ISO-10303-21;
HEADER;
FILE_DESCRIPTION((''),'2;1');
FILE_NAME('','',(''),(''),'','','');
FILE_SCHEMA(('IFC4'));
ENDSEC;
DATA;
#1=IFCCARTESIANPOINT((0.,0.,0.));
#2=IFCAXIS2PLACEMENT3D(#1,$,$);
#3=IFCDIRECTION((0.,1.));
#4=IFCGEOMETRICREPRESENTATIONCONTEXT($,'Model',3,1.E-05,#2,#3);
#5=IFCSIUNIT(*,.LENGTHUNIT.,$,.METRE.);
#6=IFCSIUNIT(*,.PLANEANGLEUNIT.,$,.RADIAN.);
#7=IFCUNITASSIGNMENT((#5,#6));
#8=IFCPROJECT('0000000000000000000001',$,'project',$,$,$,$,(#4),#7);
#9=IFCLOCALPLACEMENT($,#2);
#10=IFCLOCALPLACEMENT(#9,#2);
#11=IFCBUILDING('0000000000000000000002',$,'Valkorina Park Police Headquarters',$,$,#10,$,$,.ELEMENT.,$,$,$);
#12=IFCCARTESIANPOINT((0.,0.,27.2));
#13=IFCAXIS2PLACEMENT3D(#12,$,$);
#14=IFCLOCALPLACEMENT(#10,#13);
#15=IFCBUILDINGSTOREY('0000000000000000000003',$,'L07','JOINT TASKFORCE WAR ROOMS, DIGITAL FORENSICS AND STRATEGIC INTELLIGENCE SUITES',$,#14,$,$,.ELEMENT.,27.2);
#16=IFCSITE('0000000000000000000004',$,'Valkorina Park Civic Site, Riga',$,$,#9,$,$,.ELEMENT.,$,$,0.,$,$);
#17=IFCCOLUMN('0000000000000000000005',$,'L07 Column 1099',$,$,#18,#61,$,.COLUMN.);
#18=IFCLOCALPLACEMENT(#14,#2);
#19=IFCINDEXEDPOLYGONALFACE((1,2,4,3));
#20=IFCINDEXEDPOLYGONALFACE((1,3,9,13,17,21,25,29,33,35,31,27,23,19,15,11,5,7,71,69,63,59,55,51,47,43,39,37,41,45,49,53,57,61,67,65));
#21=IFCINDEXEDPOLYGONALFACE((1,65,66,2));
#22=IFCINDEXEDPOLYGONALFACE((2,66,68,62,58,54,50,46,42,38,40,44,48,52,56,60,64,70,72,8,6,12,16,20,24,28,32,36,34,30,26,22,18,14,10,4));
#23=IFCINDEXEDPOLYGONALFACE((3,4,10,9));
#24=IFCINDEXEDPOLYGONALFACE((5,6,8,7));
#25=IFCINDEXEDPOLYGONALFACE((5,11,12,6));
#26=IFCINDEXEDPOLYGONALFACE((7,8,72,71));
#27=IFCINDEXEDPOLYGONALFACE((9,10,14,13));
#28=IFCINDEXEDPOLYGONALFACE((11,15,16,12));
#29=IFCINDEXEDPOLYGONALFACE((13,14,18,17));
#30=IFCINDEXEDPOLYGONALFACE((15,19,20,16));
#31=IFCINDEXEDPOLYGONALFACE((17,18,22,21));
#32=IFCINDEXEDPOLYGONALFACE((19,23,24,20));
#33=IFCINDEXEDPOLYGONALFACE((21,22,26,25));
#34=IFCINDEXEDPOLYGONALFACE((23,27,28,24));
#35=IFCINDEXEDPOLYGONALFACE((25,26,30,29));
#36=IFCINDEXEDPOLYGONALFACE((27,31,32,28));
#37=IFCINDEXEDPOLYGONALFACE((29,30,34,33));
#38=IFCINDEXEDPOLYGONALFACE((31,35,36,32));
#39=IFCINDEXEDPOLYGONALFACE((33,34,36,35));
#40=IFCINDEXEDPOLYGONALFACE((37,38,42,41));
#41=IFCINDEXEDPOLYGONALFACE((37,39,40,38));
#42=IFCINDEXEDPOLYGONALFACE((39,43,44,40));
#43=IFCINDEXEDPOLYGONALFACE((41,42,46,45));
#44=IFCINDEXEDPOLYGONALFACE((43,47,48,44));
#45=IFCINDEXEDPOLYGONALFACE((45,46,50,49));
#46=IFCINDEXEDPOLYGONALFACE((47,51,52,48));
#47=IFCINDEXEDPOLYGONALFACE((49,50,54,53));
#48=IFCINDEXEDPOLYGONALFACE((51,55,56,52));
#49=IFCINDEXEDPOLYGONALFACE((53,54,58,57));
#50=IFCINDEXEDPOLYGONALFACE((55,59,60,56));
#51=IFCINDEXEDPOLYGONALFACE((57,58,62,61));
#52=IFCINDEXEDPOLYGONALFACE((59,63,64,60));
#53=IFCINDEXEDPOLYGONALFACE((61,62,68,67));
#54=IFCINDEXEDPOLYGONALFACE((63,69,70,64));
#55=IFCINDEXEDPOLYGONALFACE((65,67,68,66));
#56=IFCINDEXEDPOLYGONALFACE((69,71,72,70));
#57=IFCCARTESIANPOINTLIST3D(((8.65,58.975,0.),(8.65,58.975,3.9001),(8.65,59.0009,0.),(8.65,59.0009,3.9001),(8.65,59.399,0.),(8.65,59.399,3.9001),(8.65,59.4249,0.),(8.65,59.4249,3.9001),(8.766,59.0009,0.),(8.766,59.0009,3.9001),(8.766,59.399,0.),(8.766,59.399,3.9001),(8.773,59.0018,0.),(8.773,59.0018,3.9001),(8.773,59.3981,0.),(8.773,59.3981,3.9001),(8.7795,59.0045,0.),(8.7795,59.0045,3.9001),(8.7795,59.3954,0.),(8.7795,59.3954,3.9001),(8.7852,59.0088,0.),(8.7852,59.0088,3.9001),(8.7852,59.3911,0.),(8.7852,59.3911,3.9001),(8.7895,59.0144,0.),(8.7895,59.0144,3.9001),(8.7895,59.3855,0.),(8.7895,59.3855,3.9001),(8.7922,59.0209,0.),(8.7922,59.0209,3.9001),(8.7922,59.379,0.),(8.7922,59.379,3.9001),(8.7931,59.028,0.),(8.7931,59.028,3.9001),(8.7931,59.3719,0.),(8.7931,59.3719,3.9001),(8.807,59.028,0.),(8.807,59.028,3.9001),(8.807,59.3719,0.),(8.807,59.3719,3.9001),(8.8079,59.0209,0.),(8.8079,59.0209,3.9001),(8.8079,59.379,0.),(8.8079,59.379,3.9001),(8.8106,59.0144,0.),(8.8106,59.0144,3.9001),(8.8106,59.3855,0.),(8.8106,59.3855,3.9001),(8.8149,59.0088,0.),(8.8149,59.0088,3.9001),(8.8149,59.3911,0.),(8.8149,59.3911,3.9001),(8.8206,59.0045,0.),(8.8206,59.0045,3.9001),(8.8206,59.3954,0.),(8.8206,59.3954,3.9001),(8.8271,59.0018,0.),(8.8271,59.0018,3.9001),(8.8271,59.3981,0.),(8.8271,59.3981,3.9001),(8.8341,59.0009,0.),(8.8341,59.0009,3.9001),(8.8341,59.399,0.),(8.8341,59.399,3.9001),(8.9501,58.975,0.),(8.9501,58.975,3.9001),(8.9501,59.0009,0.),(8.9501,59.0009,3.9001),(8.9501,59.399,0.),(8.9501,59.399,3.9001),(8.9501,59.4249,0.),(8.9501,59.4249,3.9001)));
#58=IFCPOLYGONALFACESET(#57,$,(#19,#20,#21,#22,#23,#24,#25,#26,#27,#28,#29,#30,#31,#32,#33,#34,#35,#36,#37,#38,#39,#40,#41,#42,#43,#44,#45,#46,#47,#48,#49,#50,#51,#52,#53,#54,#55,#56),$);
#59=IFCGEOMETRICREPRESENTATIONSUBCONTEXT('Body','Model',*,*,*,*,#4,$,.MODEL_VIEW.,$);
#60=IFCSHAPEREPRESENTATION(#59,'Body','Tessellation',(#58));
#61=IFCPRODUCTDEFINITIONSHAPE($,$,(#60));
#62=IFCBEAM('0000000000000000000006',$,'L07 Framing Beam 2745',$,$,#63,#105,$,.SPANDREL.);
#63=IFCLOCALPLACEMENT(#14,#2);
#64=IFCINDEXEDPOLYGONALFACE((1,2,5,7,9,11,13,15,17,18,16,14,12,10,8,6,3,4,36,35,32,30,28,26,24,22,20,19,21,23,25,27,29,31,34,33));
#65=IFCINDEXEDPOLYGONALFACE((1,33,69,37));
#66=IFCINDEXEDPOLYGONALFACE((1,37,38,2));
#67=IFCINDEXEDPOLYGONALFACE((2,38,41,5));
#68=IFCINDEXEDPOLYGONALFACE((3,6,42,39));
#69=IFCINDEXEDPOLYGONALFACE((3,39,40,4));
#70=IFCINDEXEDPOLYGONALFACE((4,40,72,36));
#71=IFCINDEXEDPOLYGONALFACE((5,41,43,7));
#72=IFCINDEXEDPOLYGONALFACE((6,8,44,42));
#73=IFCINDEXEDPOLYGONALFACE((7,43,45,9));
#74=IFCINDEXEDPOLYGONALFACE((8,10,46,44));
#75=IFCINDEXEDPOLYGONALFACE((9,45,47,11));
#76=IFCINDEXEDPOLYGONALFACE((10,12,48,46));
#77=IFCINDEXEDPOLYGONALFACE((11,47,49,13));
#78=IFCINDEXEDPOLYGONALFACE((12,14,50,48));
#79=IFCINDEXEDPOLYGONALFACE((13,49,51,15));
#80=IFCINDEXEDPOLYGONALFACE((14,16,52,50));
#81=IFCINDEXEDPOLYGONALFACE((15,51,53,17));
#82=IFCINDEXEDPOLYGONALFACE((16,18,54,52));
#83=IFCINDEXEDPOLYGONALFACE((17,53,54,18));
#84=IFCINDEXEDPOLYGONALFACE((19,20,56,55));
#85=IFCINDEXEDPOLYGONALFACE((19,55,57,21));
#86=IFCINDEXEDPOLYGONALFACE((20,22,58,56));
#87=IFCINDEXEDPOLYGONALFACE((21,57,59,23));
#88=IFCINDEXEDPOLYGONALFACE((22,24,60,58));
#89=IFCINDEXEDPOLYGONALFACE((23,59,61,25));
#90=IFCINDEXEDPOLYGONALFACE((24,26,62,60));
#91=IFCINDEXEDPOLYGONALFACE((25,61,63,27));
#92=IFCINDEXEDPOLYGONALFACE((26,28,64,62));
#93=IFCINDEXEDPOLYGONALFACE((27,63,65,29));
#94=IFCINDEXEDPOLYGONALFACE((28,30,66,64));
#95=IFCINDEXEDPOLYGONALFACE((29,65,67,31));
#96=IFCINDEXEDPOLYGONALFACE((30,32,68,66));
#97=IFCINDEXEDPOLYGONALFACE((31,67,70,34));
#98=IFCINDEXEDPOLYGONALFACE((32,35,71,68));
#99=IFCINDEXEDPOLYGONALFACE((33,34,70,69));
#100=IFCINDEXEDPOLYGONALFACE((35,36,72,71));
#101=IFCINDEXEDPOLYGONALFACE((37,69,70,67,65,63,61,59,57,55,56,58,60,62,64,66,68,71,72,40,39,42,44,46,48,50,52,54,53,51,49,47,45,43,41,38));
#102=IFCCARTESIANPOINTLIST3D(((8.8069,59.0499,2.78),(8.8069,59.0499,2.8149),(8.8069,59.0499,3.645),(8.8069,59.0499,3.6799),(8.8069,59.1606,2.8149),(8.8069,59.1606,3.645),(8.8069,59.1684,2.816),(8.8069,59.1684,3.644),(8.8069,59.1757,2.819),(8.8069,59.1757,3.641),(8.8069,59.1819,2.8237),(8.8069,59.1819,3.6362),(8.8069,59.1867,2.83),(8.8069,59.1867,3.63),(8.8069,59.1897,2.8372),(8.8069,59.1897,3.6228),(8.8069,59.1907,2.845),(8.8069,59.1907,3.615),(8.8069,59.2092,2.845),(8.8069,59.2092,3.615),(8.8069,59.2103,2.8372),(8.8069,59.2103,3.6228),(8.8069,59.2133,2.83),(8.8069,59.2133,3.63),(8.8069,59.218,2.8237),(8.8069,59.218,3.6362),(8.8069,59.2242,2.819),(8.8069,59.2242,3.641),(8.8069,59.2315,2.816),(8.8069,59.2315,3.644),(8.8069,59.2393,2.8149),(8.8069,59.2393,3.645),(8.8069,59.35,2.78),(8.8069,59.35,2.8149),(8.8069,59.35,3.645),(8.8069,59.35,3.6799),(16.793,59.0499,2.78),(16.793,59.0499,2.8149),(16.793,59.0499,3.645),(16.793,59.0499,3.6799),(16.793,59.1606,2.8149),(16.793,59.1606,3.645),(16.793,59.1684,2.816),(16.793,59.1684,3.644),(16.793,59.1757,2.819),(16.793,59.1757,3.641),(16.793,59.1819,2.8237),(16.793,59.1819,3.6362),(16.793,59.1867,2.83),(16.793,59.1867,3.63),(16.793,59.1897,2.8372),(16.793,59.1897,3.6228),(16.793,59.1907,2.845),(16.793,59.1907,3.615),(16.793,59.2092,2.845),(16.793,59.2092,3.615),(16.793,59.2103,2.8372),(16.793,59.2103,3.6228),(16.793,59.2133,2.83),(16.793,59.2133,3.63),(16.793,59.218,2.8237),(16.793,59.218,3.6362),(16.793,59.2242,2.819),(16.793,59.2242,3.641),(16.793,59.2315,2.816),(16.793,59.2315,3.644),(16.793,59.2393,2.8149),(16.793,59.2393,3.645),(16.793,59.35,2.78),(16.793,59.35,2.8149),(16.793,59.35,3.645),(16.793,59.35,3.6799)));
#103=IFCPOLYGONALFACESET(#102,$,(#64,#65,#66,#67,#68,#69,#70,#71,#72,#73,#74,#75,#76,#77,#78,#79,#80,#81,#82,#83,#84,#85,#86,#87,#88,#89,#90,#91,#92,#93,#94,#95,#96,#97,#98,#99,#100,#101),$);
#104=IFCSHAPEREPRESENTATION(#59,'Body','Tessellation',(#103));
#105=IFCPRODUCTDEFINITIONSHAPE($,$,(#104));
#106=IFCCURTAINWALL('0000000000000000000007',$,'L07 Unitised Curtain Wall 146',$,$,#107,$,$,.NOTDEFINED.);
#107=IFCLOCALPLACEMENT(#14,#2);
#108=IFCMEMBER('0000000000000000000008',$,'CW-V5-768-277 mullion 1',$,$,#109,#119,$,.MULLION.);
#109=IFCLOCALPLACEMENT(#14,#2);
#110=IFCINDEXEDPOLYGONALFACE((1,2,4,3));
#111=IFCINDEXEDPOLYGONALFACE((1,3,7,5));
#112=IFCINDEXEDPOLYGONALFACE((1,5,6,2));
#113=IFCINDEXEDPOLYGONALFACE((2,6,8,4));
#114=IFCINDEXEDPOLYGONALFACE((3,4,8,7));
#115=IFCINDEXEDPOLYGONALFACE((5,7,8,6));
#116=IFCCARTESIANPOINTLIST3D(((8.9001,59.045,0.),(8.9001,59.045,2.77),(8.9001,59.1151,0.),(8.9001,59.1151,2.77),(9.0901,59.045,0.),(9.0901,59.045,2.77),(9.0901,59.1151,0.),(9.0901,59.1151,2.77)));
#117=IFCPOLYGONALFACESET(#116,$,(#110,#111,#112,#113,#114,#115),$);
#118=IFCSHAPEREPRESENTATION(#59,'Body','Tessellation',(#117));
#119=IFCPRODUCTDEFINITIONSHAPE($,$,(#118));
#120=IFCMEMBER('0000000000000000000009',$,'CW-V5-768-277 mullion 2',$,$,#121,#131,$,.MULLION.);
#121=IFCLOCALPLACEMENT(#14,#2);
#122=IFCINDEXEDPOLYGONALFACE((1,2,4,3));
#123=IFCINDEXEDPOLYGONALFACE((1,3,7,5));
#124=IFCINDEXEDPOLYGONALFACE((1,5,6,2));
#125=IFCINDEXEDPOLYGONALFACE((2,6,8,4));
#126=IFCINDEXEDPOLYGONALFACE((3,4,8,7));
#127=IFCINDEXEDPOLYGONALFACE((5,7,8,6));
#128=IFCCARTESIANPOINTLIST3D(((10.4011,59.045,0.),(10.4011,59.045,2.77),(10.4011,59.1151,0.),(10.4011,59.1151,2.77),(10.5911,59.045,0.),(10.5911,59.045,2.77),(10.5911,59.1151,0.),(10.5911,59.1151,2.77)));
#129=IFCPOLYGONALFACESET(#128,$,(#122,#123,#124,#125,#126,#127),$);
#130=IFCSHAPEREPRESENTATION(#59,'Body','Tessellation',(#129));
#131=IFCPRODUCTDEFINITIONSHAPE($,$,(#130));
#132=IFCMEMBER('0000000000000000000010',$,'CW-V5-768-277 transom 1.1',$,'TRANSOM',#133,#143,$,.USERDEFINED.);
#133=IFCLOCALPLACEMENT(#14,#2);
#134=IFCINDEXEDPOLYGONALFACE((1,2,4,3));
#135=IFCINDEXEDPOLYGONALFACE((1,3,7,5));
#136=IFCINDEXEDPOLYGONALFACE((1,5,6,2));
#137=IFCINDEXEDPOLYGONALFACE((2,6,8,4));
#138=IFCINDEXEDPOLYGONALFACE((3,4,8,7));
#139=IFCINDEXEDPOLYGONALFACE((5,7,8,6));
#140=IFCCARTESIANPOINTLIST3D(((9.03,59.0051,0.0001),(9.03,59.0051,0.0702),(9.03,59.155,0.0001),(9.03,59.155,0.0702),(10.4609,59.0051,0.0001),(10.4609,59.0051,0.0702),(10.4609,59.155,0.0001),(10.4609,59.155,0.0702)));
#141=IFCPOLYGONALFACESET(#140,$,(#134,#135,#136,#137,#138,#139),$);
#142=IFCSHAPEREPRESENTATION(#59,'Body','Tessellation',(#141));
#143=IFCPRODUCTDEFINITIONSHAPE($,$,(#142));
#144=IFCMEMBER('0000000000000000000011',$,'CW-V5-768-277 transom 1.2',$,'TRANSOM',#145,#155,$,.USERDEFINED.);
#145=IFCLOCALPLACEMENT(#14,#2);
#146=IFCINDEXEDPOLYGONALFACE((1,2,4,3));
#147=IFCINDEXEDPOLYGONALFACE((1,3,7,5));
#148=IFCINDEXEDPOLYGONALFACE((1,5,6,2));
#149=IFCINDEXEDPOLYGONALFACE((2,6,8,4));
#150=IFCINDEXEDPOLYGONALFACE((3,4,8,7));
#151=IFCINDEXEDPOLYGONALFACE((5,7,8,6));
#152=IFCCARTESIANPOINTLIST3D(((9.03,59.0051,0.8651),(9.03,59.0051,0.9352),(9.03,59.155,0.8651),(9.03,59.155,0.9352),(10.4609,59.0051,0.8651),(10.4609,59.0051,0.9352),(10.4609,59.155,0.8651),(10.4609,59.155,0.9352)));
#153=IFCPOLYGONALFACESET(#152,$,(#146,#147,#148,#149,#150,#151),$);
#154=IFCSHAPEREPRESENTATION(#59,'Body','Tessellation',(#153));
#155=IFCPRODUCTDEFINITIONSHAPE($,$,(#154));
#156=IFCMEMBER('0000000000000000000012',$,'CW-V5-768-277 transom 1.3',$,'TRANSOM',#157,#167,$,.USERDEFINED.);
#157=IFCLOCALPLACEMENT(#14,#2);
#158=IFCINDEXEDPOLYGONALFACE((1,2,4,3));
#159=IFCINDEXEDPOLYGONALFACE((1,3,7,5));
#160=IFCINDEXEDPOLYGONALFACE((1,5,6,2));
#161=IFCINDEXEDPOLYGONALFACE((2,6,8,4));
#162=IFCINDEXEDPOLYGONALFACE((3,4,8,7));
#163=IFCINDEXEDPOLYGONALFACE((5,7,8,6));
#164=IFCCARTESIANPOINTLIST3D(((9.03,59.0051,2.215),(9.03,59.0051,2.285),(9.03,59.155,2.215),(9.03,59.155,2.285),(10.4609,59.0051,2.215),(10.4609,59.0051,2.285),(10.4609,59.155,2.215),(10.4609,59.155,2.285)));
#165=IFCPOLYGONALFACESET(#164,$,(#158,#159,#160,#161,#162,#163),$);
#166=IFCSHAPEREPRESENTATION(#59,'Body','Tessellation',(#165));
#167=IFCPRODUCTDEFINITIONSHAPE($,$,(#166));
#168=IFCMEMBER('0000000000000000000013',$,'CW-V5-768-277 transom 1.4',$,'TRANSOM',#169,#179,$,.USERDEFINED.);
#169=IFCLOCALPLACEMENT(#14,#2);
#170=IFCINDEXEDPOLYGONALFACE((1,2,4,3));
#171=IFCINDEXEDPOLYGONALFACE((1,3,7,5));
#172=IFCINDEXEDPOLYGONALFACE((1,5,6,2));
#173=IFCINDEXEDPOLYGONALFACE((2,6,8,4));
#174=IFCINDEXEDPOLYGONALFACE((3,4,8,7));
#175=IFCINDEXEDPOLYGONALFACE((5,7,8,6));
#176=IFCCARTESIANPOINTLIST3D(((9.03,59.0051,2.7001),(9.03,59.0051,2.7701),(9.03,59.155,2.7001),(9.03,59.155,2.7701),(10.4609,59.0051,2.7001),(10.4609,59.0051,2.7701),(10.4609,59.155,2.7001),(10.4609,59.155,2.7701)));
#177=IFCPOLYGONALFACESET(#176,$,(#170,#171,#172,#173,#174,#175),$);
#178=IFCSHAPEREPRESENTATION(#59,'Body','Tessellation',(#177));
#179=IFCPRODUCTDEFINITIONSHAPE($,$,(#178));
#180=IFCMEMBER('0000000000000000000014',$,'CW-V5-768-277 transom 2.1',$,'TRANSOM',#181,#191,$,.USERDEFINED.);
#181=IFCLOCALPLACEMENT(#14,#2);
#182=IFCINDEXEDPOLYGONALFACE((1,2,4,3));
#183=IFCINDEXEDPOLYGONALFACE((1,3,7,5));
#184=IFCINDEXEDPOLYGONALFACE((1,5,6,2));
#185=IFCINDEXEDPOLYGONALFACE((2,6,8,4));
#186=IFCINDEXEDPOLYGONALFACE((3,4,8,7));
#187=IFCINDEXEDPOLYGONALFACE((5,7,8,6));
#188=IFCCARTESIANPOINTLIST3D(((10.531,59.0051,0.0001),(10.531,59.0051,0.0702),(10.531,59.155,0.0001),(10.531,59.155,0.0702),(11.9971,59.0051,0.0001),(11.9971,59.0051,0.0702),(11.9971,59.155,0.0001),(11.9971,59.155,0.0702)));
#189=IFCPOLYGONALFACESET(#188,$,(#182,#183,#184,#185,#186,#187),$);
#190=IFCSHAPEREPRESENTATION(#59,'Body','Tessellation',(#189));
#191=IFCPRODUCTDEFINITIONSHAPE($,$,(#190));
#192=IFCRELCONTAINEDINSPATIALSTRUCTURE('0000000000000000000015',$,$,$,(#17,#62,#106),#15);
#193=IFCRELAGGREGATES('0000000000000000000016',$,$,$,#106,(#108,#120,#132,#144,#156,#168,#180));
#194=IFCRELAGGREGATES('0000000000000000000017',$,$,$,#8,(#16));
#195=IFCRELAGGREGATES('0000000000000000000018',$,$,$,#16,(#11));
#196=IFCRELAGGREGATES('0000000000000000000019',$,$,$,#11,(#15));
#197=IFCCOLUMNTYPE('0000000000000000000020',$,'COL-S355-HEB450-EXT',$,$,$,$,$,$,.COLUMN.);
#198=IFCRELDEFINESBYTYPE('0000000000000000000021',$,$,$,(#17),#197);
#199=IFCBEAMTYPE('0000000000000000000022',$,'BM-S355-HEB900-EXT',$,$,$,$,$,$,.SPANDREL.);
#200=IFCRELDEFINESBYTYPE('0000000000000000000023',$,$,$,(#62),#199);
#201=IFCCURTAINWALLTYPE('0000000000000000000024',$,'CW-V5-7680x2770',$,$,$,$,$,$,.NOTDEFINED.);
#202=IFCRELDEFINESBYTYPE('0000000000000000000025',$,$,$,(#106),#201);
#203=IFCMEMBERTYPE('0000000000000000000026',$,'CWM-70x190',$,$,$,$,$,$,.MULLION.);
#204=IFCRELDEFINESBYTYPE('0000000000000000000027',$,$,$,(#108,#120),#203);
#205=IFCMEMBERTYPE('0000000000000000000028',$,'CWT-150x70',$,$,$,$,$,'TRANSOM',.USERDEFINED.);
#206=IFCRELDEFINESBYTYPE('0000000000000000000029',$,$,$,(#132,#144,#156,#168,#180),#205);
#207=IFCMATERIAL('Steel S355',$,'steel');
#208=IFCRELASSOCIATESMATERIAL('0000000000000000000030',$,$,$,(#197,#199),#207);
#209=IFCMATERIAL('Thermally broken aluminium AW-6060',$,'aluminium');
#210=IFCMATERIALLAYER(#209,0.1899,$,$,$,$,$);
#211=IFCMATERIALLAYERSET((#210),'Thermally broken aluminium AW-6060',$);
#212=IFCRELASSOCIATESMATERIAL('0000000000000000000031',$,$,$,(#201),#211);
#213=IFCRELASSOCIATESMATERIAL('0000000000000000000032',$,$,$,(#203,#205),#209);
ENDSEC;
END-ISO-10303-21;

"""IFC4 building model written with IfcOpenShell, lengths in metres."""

from ifc_helpers import new_model, si_unit, direction, frame, origin, origin_2d, place, context, subcontext, project, spatial, rectangle, i_section, extrude, material, layer, layer_set, material_profile, profile_set, type_object, element, aggregate, save


model = new_model("IFC4")

# Units and contexts
model_context = context("Model", 3, precision=1e-05, world=origin(), true_north=direction((0.0, 1.0)))
body_context = subcontext(model_context, "Body", "Model", "MODEL_VIEW")
ifc_project = project(units=[si_unit("LENGTHUNIT", "METRE"), si_unit("PLANEANGLEUNIT", "RADIAN")], contexts=[model_context])

# Site, building, storey
site_placement = place(None, origin())
site = spatial("IfcSite", under=ifc_project, at=site_placement, Name="Valkorina Park Civic Site, Riga", CompositionType="ELEMENT", RefElevation=0.0)
building_placement = place(site_placement, origin())
building = spatial("IfcBuilding", under=site, at=building_placement, Name="Valkorina Park Police Headquarters", CompositionType="ELEMENT")
storey_placement = place(building_placement, frame((0.0, 0.0, 27.2)))
storey = spatial("IfcBuildingStorey", under=building, at=storey_placement, Name="L07", Description="JOINT TASKFORCE WAR ROOMS, DIGITAL FORENSICS AND STRATEGIC INTELLIGENCE SUITES", CompositionType="ELEMENT", Elevation=27.2)

# Column
ifc_material_1 = material(Name="Steel S355", Category="steel")
ifc_material_profile_1 = material_profile(ifc_material_1, i_section(OverallWidth=0.3, OverallDepth=0.45, WebThickness=0.0139, FlangeThickness=0.0259, FilletRadius=0.0271, at=origin_2d()), Name="HEB 450")
ifc_profile_set_1 = profile_set([ifc_material_profile_1], Name="Steel S355")
column_type = type_object("IfcColumnType", Name="COL-S355-HEB450-EXT", PredefinedType="COLUMN", material=ifc_profile_set_1)
column_placement = place(storey_placement, frame((8.8, 59.2, 0.0), z_axis=(0.0, 0.0, 1.0), x_axis=(1.0, 0.0, 0.0)))
element("IfcColumn", 1, at=column_placement, inside=storey, type_object=column_type, Name="L07 Column 1099", PredefinedType="COLUMN", context=body_context, shape_type="SweptSolid", body=[
    extrude(i_section(OverallWidth=0.3, OverallDepth=0.45, WebThickness=0.0139, FlangeThickness=0.0259, FilletRadius=0.0271, at=origin_2d()), origin(), (0.0, 0.0, 1.0), 3.9001),
])

# Beam
ifc_material_profile_2 = material_profile(ifc_material_1, i_section(OverallWidth=0.3, OverallDepth=0.8999, WebThickness=0.0186, FlangeThickness=0.0349, FilletRadius=0.03, at=origin_2d()), Name="HEB 900")
ifc_profile_set_2 = profile_set([ifc_material_profile_2], Name="Steel S355")
beam_type = type_object("IfcBeamType", Name="BM-S355-HEB900-EXT", PredefinedType="SPANDREL", material=ifc_profile_set_2)
beam_placement = place(storey_placement, frame((8.8069, 59.2, 3.23), z_axis=(1.0, 0.0, 0.0), x_axis=(0.0, 1.0, 0.0)))
element("IfcBeam", 2, at=beam_placement, inside=storey, type_object=beam_type, Name="L07 Framing Beam 2745", PredefinedType="SPANDREL", context=body_context, shape_type="SweptSolid", body=[
    extrude(i_section(OverallWidth=0.3, OverallDepth=0.8999, WebThickness=0.0186, FlangeThickness=0.0349, FilletRadius=0.03, at=origin_2d()), origin(), (0.0, 0.0, 1.0), 7.9861),
])

# Curtain wall, members
ifc_material_2 = material(Name="Thermally broken aluminium AW-6060", Category="aluminium")
ifc_layer_1 = layer(ifc_material_2, 0.1899)
ifc_layer_set_1 = layer_set([ifc_layer_1], Name="Thermally broken aluminium AW-6060")
curtain_wall_type = type_object("IfcCurtainWallType", Name="CW-V5-7680x2770", PredefinedType="NOTDEFINED", material=ifc_layer_set_1)
curtain_wall_placement = place(storey_placement, origin())
curtain_wall = element("IfcCurtainWall", 3, at=curtain_wall_placement, inside=storey, type_object=curtain_wall_type, Name="L07 Unitised Curtain Wall 146", PredefinedType="NOTDEFINED")
ifc_material_profile_3 = material_profile(ifc_material_2, rectangle(XDim=0.0701, YDim=0.1899, at=origin_2d()), Name="CWM-02 70x190")
ifc_profile_set_3 = profile_set([ifc_material_profile_3], Name="Thermally broken aluminium AW-6060")
member_type_1 = type_object("IfcMemberType", Name="CWM-70x190", PredefinedType="MULLION", material=ifc_profile_set_3)
member_1_placement = place(storey_placement, frame((8.9951, 59.0801, 0.0), z_axis=(0.0, 0.0, 1.0), x_axis=(0.0, 1.0, 0.0)))
member_1 = element("IfcMember", 4, at=member_1_placement, type_object=member_type_1, Name="CW-V5-768-277 mullion 1", PredefinedType="MULLION", context=body_context, shape_type="SweptSolid", body=[
    extrude(rectangle(XDim=0.0701, YDim=0.1899, at=origin_2d()), origin(), (0.0, 0.0, 1.0), 2.77),
])
member_2_placement = place(storey_placement, frame((10.4961, 59.0801, 0.0), z_axis=(0.0, 0.0, 1.0), x_axis=(0.0, 1.0, 0.0)))
member_2 = element("IfcMember", 5, at=member_2_placement, type_object=member_type_1, Name="CW-V5-768-277 mullion 2", PredefinedType="MULLION", context=body_context, shape_type="SweptSolid", body=[
    extrude(rectangle(XDim=0.0701, YDim=0.1899, at=origin_2d()), origin(), (0.0, 0.0, 1.0), 2.77),
])
ifc_material_profile_4 = material_profile(ifc_material_2, rectangle(XDim=0.1499, YDim=0.0701, at=origin_2d()), Name="CWT-02 150x70")
ifc_profile_set_4 = profile_set([ifc_material_profile_4], Name="Thermally broken aluminium AW-6060")
member_type_2 = type_object("IfcMemberType", Name="CWT-150x70", ElementType="TRANSOM", PredefinedType="USERDEFINED", material=ifc_profile_set_4)
member_3_placement = place(storey_placement, frame((9.03, 59.0801, 0.0352), z_axis=(1.0, 0.0, 0.0), x_axis=(0.0, 1.0, 0.0)))
member_3 = element("IfcMember", 6, at=member_3_placement, type_object=member_type_2, Name="CW-V5-768-277 transom 1.1", ObjectType="TRANSOM", PredefinedType="USERDEFINED", context=body_context, shape_type="SweptSolid", body=[
    extrude(rectangle(XDim=0.1499, YDim=0.0701, at=origin_2d()), origin(), (0.0, 0.0, 1.0), 1.4309),
])
member_4_placement = place(storey_placement, frame((9.03, 59.0801, 0.9001), z_axis=(1.0, 0.0, 0.0), x_axis=(0.0, 1.0, 0.0)))
member_4 = element("IfcMember", 7, at=member_4_placement, type_object=member_type_2, Name="CW-V5-768-277 transom 1.2", ObjectType="TRANSOM", PredefinedType="USERDEFINED", context=body_context, shape_type="SweptSolid", body=[
    extrude(rectangle(XDim=0.1499, YDim=0.0701, at=origin_2d()), origin(), (0.0, 0.0, 1.0), 1.4309),
])
member_5_placement = place(storey_placement, frame((9.03, 59.0801, 2.25), z_axis=(1.0, 0.0, 0.0), x_axis=(0.0, 1.0, 0.0)))
member_5 = element("IfcMember", 8, at=member_5_placement, type_object=member_type_2, Name="CW-V5-768-277 transom 1.3", ObjectType="TRANSOM", PredefinedType="USERDEFINED", context=body_context, shape_type="SweptSolid", body=[
    extrude(rectangle(XDim=0.1499, YDim=0.0701, at=origin_2d()), origin(), (0.0, 0.0, 1.0), 1.4309),
])
member_6_placement = place(storey_placement, frame((9.03, 59.0801, 2.7351), z_axis=(1.0, 0.0, 0.0), x_axis=(0.0, 1.0, 0.0)))
member_6 = element("IfcMember", 9, at=member_6_placement, type_object=member_type_2, Name="CW-V5-768-277 transom 1.4", ObjectType="TRANSOM", PredefinedType="USERDEFINED", context=body_context, shape_type="SweptSolid", body=[
    extrude(rectangle(XDim=0.1499, YDim=0.0701, at=origin_2d()), origin(), (0.0, 0.0, 1.0), 1.4309),
])
member_7_placement = place(storey_placement, frame((10.531, 59.0801, 0.0352), z_axis=(1.0, 0.0, 0.0), x_axis=(0.0, 1.0, 0.0)))
member_7 = element("IfcMember", 10, at=member_7_placement, type_object=member_type_2, Name="CW-V5-768-277 transom 2.1", ObjectType="TRANSOM", PredefinedType="USERDEFINED", context=body_context, shape_type="SweptSolid", body=[
    extrude(rectangle(XDim=0.1499, YDim=0.0701, at=origin_2d()), origin(), (0.0, 0.0, 1.0), 1.4661),
])
aggregate(curtain_wall, [member_1, member_2, member_3, member_4, member_5, member_6, member_7])

save(model, "model.ifc")
